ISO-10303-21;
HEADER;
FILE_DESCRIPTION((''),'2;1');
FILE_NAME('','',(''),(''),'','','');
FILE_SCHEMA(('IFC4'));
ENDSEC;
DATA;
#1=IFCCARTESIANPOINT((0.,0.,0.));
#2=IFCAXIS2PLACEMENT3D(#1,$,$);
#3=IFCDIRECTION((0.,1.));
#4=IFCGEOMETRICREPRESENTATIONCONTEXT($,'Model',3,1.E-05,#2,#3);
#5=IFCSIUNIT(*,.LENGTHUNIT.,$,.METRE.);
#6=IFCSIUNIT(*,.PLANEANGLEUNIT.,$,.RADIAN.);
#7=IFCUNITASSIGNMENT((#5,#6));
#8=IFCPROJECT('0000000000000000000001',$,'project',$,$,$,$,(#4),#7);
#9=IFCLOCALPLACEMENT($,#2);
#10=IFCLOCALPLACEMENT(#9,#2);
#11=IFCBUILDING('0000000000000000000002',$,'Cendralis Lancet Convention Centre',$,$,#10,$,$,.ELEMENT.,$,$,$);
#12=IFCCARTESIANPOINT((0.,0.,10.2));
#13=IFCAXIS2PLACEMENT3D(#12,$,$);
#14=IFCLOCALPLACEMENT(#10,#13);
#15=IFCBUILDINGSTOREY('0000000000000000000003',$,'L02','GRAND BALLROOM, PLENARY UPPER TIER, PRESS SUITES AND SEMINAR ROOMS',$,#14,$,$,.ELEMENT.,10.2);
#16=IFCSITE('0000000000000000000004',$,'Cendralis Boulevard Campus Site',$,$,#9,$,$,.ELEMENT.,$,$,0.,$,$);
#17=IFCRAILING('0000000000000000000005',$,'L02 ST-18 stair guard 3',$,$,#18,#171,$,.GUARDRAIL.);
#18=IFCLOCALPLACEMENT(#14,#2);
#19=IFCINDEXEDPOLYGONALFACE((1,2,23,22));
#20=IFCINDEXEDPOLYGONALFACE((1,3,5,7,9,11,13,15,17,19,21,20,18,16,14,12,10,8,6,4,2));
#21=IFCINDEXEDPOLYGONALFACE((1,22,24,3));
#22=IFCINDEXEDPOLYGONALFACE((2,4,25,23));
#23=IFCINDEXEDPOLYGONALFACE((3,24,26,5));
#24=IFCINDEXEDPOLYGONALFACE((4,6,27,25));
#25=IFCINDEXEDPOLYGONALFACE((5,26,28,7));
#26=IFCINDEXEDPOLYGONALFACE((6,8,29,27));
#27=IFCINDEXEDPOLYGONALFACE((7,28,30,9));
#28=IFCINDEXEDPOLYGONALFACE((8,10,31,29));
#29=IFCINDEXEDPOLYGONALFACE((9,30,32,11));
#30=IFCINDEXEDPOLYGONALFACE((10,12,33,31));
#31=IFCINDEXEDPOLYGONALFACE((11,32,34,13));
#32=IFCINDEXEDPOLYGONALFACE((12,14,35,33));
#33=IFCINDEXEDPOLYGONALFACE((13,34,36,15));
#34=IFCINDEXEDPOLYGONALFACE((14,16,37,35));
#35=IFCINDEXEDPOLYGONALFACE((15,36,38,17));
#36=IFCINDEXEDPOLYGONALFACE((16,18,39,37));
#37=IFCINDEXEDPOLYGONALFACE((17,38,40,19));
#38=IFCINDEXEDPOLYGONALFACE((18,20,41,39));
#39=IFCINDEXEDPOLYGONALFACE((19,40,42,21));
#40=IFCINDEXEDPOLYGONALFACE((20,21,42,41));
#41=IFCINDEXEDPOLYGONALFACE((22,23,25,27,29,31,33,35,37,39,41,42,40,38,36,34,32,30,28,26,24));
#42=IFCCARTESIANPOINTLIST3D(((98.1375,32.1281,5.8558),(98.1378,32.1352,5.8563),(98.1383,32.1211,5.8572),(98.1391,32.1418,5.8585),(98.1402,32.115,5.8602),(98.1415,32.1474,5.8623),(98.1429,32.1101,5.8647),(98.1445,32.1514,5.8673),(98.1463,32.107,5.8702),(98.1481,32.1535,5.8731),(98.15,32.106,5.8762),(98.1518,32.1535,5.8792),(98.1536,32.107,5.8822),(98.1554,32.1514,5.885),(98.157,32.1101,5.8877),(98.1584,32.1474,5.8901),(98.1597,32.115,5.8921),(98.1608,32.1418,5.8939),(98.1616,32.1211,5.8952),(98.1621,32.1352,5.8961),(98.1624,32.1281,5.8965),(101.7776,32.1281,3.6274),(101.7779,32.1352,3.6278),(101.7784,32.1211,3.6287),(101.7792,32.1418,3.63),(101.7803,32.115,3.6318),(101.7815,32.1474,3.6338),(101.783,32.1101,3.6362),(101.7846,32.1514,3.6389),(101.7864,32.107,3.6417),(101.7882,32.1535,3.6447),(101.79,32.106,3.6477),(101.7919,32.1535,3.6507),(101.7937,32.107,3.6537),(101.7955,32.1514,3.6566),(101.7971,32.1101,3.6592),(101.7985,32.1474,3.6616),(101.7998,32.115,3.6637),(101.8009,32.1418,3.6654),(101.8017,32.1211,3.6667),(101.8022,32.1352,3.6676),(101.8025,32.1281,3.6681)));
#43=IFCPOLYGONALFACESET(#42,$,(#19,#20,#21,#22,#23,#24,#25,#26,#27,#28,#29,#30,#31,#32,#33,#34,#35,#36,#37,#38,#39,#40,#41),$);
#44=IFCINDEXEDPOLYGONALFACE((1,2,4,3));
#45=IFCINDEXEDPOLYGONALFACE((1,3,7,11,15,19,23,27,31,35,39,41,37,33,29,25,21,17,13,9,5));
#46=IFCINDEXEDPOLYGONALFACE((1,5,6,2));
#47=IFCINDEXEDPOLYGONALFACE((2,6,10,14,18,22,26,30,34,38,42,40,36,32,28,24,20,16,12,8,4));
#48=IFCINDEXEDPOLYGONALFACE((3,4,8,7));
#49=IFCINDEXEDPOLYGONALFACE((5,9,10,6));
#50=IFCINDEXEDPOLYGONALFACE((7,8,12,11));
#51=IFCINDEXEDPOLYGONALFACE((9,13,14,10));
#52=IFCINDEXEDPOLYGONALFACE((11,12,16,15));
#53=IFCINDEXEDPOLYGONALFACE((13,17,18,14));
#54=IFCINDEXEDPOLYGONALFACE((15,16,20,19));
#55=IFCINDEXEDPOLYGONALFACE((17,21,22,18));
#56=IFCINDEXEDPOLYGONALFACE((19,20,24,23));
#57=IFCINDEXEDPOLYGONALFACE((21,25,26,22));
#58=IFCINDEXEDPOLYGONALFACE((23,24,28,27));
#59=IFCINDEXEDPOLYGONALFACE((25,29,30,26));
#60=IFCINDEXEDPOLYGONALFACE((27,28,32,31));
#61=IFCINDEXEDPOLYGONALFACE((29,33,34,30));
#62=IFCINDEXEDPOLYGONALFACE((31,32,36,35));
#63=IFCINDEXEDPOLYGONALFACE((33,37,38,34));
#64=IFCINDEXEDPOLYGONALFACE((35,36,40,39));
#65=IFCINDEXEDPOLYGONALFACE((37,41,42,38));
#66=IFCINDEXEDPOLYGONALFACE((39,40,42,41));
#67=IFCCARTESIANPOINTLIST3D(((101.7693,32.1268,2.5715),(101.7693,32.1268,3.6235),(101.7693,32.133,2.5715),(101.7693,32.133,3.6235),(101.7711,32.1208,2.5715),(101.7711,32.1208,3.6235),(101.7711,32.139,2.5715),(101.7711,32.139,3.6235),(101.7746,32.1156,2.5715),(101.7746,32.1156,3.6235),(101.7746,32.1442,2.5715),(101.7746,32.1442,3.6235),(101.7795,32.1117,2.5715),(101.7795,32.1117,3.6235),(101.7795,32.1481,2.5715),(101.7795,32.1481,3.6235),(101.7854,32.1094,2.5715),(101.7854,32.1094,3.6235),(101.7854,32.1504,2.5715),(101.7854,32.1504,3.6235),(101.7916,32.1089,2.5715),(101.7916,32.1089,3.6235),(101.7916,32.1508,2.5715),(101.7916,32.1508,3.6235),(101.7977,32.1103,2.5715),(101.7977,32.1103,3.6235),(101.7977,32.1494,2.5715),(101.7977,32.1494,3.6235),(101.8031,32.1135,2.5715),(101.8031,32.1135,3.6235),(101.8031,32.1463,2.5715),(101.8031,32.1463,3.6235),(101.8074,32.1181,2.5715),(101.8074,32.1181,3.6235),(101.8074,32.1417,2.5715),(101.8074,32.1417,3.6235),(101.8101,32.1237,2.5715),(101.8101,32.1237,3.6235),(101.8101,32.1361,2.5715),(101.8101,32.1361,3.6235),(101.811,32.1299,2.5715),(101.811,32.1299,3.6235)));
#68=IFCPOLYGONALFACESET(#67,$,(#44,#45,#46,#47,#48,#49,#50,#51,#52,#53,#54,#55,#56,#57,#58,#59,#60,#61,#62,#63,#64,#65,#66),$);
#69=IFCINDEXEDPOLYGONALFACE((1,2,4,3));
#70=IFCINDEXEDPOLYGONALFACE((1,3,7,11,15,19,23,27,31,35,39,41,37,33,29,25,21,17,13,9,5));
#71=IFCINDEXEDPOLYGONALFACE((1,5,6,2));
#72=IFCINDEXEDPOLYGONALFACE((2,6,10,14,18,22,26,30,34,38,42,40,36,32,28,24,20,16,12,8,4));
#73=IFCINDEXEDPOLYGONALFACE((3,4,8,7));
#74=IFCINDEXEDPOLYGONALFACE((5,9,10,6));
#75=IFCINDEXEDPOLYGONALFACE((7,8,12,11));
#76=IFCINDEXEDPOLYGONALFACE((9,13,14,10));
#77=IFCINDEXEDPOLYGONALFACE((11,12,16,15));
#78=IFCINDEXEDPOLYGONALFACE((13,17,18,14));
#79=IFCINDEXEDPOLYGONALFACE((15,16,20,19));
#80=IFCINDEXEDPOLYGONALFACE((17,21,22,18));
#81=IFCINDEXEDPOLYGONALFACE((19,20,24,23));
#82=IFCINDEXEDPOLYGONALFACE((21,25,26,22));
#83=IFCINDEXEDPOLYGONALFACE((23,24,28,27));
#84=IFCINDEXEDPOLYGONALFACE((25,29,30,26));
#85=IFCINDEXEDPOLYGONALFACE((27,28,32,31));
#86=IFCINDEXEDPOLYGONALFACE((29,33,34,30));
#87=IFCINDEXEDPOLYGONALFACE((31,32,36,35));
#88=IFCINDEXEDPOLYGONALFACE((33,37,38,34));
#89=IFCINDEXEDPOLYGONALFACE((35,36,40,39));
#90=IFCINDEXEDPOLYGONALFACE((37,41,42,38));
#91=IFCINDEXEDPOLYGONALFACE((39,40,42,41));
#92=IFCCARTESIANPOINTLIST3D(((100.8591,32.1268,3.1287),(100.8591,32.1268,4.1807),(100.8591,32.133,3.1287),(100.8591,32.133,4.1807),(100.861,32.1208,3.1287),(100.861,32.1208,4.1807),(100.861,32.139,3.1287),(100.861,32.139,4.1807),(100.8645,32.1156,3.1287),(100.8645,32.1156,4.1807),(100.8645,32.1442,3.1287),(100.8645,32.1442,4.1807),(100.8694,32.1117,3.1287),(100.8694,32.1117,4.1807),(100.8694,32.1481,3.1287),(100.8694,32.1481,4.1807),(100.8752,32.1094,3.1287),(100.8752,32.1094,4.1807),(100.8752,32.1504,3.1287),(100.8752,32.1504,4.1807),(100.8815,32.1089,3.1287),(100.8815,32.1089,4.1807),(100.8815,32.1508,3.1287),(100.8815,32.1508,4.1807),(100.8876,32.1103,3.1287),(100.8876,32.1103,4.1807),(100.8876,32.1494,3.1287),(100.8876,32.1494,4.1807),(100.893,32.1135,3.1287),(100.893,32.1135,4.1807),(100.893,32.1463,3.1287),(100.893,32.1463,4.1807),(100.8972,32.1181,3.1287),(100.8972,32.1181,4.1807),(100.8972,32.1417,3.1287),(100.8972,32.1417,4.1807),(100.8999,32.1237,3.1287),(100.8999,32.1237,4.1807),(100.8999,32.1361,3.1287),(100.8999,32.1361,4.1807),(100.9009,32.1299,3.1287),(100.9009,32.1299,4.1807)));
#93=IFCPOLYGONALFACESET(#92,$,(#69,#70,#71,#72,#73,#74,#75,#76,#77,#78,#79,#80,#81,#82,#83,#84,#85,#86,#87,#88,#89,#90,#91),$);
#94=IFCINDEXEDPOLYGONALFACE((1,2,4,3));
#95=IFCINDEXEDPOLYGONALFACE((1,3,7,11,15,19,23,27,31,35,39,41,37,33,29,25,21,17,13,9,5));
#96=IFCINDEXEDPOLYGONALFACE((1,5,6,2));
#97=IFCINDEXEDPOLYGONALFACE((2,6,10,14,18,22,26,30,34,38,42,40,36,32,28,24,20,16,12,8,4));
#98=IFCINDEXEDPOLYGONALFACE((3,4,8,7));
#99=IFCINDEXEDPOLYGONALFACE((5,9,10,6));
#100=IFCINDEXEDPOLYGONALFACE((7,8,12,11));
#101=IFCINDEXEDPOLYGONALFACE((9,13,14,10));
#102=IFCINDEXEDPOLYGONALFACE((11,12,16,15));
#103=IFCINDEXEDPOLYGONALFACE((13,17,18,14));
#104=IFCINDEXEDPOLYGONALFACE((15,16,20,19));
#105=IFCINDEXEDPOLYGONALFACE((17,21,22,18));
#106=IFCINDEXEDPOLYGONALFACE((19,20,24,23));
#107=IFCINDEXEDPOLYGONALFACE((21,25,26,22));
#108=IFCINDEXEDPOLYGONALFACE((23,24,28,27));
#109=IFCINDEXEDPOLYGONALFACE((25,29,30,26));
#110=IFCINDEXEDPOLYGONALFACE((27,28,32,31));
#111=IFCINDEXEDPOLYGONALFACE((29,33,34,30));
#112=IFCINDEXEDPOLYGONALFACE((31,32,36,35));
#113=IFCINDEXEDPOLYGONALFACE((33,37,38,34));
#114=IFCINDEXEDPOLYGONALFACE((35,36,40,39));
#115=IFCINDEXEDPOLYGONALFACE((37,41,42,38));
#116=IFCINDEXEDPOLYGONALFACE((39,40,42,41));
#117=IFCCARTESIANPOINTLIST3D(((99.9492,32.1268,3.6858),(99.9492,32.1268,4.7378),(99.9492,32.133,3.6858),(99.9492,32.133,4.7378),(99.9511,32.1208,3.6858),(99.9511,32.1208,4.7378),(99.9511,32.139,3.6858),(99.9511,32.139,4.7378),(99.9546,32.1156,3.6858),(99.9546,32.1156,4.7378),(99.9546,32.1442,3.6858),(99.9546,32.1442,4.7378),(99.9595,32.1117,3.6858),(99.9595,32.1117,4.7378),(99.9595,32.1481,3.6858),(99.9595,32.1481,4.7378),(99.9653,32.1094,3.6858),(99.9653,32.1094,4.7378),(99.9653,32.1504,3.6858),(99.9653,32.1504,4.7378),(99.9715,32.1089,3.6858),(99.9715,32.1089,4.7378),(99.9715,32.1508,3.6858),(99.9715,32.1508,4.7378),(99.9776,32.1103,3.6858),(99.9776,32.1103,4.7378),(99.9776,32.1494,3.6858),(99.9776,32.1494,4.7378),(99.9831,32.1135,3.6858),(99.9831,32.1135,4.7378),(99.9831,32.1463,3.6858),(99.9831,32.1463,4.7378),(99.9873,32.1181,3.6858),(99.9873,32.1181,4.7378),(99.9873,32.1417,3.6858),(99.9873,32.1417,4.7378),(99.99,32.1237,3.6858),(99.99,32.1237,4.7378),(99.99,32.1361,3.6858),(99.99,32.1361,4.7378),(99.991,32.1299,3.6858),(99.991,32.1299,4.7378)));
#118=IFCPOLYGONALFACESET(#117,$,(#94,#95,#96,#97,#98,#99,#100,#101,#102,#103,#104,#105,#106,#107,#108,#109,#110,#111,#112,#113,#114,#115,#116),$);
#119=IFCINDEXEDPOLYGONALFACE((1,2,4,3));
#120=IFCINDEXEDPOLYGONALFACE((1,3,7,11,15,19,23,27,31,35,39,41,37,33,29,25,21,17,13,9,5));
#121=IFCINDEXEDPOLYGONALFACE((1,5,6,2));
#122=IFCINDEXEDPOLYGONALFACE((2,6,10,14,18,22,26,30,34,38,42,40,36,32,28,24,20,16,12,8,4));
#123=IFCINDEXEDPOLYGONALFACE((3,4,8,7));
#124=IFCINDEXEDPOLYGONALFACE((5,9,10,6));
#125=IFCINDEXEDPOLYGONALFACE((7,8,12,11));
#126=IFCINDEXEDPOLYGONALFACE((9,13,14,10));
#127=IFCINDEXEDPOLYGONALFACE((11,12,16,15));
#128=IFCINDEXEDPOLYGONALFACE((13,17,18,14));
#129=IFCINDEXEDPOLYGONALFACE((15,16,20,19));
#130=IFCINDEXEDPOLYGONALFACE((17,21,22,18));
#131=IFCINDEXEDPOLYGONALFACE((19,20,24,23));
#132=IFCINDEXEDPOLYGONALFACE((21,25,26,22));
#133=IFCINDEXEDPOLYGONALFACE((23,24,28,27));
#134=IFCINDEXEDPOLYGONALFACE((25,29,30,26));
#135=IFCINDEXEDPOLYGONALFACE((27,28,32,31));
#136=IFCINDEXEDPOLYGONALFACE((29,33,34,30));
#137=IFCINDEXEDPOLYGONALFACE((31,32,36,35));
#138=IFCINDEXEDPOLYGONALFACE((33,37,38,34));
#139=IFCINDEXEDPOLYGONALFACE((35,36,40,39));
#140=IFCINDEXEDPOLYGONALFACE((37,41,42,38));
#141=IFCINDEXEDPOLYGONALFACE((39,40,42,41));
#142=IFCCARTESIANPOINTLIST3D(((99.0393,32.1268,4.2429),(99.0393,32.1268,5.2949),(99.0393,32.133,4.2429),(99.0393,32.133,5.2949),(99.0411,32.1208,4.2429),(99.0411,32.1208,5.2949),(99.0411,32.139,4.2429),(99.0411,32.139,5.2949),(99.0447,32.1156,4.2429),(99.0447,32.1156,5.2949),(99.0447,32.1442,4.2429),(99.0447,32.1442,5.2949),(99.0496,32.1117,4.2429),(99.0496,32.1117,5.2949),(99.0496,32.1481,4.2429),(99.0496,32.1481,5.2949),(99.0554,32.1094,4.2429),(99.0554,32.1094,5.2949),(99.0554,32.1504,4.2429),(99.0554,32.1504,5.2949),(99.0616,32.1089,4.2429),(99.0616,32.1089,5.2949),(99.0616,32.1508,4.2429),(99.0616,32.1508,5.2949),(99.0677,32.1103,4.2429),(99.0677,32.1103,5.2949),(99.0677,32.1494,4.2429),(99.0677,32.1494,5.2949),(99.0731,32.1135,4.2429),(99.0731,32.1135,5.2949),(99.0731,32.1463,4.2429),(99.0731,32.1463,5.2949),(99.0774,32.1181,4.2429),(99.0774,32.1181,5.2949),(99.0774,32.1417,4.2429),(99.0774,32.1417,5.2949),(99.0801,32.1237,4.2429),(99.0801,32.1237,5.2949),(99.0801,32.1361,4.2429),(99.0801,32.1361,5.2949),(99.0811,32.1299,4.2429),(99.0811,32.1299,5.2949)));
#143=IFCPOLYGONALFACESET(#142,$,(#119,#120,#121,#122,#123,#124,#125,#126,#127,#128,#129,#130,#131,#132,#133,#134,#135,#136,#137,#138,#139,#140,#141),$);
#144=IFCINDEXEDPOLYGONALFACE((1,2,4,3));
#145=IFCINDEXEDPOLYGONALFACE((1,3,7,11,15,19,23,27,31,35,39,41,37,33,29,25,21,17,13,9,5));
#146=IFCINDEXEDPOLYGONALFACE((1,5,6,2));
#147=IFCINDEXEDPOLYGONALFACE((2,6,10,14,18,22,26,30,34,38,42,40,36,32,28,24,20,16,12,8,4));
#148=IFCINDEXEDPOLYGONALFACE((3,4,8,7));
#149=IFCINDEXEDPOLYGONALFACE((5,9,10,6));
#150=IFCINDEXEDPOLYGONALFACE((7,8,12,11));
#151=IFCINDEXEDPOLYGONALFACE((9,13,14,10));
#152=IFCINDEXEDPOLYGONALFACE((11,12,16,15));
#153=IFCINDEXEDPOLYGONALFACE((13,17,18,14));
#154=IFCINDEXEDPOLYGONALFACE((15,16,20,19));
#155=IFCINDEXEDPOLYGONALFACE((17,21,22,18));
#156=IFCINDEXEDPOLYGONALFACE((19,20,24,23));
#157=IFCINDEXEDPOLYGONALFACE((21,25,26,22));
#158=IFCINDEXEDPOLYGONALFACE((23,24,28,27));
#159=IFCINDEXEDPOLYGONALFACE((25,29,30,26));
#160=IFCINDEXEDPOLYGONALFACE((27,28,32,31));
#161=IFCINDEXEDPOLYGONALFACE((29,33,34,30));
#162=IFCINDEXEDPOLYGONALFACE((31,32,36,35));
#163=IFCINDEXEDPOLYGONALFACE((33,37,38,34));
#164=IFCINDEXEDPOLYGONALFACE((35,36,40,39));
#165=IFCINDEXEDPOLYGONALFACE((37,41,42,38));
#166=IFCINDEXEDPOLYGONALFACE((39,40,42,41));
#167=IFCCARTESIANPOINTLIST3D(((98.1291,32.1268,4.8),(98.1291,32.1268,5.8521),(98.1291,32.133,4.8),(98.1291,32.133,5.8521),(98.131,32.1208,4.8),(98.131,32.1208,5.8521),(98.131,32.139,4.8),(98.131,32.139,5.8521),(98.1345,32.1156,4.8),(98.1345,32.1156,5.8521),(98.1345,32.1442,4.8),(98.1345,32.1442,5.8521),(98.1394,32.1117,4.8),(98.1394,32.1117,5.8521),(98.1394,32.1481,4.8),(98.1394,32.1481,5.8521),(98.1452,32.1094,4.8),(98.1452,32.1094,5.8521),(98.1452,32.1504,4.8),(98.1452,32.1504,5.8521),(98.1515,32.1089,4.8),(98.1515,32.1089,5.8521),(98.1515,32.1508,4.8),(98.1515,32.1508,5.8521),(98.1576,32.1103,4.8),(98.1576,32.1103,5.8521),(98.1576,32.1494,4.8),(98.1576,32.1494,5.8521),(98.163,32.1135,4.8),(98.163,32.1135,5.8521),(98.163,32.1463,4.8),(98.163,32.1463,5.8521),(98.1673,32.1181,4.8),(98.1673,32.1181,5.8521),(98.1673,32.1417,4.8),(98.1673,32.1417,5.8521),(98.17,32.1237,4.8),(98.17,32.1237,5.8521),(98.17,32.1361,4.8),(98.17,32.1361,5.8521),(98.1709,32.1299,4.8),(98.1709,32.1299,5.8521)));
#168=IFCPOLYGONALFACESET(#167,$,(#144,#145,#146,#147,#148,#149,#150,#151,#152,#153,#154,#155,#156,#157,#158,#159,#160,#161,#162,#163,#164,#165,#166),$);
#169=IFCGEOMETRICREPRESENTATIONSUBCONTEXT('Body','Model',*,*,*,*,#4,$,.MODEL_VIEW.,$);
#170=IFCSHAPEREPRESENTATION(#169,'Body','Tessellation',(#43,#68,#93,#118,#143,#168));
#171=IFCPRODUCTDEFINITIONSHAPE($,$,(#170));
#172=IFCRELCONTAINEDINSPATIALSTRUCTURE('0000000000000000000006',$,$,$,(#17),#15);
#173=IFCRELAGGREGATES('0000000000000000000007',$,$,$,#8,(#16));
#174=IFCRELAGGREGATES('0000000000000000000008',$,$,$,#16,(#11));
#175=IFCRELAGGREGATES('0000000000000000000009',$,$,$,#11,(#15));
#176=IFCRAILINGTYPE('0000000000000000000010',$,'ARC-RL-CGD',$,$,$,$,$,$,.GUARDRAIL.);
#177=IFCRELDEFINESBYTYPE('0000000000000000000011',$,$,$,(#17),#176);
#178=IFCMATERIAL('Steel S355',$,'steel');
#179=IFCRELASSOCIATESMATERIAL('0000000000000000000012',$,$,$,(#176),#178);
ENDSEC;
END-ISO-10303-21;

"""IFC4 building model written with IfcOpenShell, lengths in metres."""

from ifc_helpers import new_model, si_unit, direction, frame, origin, origin_2d, place, context, subcontext, project, spatial, circle, extrude, material, type_object, element, save


model = new_model("IFC4")

# Units and contexts
model_context = context("Model", 3, precision=1e-05, world=origin(), true_north=direction((0.0, 1.0)))
body_context = subcontext(model_context, "Body", "Model", "MODEL_VIEW")
ifc_project = project(units=[si_unit("LENGTHUNIT", "METRE"), si_unit("PLANEANGLEUNIT", "RADIAN")], contexts=[model_context])

# Site, building, storey
site_placement = place(None, origin())
site = spatial("IfcSite", under=ifc_project, at=site_placement, Name="Cendralis Boulevard Campus Site", CompositionType="ELEMENT", RefElevation=0.0)
building_placement = place(site_placement, origin())
building = spatial("IfcBuilding", under=site, at=building_placement, Name="Cendralis Lancet Convention Centre", CompositionType="ELEMENT")
storey_placement = place(building_placement, frame((0.0, 0.0, 10.2)))
storey = spatial("IfcBuildingStorey", under=building, at=storey_placement, Name="L02", Description="GRAND BALLROOM, PLENARY UPPER TIER, PRESS SUITES AND SEMINAR ROOMS", CompositionType="ELEMENT", Elevation=10.2)

# Shared definitions
ifc_material_1 = material(Name="Steel S355", Category="steel")

# Railing
railing_type_1 = type_object("IfcRailingType", Name="ARC-RL-CGD", PredefinedType="GUARDRAIL", material=ifc_material_1)
railing_1_placement = place(storey_placement, frame((101.79, 32.1299, 2.5715)))
element("IfcRailing", 1, at=railing_1_placement, inside=storey, type_object=railing_type_1, Name="L02 ST-18 stair guard 3", PredefinedType="GUARDRAIL", context=body_context, shape_type="SweptSolid", body=[
    extrude(circle(Radius=0.0239, at=origin_2d()), frame((0.0, 0.0, 1.0762), z_axis=(-0.852866, 0.0, 0.52213), x_axis=(0.0, -1.0, 0.0)), (0.0, 0.0, 1.0), 4.2681),
    extrude(circle(Radius=0.021, at=origin_2d()), origin(), (0.0, 0.0, 1.0), 1.052),
    extrude(circle(Radius=0.021, at=origin_2d()), frame((-0.9102, 0.0, 0.5571)), (0.0, 0.0, 1.0), 1.052),
    extrude(circle(Radius=0.021, at=origin_2d()), frame((-1.8201, 0.0, 1.1143)), (0.0, 0.0, 1.0), 1.052),
    extrude(circle(Radius=0.021, at=origin_2d()), frame((-2.73, 0.0, 1.6714)), (0.0, 0.0, 1.0), 1.052),
    extrude(circle(Radius=0.021, at=origin_2d()), frame((-3.6401, 0.0, 2.2285)), (0.0, 0.0, 1.0), 1.052),
])

save(model, "model.ifc")
